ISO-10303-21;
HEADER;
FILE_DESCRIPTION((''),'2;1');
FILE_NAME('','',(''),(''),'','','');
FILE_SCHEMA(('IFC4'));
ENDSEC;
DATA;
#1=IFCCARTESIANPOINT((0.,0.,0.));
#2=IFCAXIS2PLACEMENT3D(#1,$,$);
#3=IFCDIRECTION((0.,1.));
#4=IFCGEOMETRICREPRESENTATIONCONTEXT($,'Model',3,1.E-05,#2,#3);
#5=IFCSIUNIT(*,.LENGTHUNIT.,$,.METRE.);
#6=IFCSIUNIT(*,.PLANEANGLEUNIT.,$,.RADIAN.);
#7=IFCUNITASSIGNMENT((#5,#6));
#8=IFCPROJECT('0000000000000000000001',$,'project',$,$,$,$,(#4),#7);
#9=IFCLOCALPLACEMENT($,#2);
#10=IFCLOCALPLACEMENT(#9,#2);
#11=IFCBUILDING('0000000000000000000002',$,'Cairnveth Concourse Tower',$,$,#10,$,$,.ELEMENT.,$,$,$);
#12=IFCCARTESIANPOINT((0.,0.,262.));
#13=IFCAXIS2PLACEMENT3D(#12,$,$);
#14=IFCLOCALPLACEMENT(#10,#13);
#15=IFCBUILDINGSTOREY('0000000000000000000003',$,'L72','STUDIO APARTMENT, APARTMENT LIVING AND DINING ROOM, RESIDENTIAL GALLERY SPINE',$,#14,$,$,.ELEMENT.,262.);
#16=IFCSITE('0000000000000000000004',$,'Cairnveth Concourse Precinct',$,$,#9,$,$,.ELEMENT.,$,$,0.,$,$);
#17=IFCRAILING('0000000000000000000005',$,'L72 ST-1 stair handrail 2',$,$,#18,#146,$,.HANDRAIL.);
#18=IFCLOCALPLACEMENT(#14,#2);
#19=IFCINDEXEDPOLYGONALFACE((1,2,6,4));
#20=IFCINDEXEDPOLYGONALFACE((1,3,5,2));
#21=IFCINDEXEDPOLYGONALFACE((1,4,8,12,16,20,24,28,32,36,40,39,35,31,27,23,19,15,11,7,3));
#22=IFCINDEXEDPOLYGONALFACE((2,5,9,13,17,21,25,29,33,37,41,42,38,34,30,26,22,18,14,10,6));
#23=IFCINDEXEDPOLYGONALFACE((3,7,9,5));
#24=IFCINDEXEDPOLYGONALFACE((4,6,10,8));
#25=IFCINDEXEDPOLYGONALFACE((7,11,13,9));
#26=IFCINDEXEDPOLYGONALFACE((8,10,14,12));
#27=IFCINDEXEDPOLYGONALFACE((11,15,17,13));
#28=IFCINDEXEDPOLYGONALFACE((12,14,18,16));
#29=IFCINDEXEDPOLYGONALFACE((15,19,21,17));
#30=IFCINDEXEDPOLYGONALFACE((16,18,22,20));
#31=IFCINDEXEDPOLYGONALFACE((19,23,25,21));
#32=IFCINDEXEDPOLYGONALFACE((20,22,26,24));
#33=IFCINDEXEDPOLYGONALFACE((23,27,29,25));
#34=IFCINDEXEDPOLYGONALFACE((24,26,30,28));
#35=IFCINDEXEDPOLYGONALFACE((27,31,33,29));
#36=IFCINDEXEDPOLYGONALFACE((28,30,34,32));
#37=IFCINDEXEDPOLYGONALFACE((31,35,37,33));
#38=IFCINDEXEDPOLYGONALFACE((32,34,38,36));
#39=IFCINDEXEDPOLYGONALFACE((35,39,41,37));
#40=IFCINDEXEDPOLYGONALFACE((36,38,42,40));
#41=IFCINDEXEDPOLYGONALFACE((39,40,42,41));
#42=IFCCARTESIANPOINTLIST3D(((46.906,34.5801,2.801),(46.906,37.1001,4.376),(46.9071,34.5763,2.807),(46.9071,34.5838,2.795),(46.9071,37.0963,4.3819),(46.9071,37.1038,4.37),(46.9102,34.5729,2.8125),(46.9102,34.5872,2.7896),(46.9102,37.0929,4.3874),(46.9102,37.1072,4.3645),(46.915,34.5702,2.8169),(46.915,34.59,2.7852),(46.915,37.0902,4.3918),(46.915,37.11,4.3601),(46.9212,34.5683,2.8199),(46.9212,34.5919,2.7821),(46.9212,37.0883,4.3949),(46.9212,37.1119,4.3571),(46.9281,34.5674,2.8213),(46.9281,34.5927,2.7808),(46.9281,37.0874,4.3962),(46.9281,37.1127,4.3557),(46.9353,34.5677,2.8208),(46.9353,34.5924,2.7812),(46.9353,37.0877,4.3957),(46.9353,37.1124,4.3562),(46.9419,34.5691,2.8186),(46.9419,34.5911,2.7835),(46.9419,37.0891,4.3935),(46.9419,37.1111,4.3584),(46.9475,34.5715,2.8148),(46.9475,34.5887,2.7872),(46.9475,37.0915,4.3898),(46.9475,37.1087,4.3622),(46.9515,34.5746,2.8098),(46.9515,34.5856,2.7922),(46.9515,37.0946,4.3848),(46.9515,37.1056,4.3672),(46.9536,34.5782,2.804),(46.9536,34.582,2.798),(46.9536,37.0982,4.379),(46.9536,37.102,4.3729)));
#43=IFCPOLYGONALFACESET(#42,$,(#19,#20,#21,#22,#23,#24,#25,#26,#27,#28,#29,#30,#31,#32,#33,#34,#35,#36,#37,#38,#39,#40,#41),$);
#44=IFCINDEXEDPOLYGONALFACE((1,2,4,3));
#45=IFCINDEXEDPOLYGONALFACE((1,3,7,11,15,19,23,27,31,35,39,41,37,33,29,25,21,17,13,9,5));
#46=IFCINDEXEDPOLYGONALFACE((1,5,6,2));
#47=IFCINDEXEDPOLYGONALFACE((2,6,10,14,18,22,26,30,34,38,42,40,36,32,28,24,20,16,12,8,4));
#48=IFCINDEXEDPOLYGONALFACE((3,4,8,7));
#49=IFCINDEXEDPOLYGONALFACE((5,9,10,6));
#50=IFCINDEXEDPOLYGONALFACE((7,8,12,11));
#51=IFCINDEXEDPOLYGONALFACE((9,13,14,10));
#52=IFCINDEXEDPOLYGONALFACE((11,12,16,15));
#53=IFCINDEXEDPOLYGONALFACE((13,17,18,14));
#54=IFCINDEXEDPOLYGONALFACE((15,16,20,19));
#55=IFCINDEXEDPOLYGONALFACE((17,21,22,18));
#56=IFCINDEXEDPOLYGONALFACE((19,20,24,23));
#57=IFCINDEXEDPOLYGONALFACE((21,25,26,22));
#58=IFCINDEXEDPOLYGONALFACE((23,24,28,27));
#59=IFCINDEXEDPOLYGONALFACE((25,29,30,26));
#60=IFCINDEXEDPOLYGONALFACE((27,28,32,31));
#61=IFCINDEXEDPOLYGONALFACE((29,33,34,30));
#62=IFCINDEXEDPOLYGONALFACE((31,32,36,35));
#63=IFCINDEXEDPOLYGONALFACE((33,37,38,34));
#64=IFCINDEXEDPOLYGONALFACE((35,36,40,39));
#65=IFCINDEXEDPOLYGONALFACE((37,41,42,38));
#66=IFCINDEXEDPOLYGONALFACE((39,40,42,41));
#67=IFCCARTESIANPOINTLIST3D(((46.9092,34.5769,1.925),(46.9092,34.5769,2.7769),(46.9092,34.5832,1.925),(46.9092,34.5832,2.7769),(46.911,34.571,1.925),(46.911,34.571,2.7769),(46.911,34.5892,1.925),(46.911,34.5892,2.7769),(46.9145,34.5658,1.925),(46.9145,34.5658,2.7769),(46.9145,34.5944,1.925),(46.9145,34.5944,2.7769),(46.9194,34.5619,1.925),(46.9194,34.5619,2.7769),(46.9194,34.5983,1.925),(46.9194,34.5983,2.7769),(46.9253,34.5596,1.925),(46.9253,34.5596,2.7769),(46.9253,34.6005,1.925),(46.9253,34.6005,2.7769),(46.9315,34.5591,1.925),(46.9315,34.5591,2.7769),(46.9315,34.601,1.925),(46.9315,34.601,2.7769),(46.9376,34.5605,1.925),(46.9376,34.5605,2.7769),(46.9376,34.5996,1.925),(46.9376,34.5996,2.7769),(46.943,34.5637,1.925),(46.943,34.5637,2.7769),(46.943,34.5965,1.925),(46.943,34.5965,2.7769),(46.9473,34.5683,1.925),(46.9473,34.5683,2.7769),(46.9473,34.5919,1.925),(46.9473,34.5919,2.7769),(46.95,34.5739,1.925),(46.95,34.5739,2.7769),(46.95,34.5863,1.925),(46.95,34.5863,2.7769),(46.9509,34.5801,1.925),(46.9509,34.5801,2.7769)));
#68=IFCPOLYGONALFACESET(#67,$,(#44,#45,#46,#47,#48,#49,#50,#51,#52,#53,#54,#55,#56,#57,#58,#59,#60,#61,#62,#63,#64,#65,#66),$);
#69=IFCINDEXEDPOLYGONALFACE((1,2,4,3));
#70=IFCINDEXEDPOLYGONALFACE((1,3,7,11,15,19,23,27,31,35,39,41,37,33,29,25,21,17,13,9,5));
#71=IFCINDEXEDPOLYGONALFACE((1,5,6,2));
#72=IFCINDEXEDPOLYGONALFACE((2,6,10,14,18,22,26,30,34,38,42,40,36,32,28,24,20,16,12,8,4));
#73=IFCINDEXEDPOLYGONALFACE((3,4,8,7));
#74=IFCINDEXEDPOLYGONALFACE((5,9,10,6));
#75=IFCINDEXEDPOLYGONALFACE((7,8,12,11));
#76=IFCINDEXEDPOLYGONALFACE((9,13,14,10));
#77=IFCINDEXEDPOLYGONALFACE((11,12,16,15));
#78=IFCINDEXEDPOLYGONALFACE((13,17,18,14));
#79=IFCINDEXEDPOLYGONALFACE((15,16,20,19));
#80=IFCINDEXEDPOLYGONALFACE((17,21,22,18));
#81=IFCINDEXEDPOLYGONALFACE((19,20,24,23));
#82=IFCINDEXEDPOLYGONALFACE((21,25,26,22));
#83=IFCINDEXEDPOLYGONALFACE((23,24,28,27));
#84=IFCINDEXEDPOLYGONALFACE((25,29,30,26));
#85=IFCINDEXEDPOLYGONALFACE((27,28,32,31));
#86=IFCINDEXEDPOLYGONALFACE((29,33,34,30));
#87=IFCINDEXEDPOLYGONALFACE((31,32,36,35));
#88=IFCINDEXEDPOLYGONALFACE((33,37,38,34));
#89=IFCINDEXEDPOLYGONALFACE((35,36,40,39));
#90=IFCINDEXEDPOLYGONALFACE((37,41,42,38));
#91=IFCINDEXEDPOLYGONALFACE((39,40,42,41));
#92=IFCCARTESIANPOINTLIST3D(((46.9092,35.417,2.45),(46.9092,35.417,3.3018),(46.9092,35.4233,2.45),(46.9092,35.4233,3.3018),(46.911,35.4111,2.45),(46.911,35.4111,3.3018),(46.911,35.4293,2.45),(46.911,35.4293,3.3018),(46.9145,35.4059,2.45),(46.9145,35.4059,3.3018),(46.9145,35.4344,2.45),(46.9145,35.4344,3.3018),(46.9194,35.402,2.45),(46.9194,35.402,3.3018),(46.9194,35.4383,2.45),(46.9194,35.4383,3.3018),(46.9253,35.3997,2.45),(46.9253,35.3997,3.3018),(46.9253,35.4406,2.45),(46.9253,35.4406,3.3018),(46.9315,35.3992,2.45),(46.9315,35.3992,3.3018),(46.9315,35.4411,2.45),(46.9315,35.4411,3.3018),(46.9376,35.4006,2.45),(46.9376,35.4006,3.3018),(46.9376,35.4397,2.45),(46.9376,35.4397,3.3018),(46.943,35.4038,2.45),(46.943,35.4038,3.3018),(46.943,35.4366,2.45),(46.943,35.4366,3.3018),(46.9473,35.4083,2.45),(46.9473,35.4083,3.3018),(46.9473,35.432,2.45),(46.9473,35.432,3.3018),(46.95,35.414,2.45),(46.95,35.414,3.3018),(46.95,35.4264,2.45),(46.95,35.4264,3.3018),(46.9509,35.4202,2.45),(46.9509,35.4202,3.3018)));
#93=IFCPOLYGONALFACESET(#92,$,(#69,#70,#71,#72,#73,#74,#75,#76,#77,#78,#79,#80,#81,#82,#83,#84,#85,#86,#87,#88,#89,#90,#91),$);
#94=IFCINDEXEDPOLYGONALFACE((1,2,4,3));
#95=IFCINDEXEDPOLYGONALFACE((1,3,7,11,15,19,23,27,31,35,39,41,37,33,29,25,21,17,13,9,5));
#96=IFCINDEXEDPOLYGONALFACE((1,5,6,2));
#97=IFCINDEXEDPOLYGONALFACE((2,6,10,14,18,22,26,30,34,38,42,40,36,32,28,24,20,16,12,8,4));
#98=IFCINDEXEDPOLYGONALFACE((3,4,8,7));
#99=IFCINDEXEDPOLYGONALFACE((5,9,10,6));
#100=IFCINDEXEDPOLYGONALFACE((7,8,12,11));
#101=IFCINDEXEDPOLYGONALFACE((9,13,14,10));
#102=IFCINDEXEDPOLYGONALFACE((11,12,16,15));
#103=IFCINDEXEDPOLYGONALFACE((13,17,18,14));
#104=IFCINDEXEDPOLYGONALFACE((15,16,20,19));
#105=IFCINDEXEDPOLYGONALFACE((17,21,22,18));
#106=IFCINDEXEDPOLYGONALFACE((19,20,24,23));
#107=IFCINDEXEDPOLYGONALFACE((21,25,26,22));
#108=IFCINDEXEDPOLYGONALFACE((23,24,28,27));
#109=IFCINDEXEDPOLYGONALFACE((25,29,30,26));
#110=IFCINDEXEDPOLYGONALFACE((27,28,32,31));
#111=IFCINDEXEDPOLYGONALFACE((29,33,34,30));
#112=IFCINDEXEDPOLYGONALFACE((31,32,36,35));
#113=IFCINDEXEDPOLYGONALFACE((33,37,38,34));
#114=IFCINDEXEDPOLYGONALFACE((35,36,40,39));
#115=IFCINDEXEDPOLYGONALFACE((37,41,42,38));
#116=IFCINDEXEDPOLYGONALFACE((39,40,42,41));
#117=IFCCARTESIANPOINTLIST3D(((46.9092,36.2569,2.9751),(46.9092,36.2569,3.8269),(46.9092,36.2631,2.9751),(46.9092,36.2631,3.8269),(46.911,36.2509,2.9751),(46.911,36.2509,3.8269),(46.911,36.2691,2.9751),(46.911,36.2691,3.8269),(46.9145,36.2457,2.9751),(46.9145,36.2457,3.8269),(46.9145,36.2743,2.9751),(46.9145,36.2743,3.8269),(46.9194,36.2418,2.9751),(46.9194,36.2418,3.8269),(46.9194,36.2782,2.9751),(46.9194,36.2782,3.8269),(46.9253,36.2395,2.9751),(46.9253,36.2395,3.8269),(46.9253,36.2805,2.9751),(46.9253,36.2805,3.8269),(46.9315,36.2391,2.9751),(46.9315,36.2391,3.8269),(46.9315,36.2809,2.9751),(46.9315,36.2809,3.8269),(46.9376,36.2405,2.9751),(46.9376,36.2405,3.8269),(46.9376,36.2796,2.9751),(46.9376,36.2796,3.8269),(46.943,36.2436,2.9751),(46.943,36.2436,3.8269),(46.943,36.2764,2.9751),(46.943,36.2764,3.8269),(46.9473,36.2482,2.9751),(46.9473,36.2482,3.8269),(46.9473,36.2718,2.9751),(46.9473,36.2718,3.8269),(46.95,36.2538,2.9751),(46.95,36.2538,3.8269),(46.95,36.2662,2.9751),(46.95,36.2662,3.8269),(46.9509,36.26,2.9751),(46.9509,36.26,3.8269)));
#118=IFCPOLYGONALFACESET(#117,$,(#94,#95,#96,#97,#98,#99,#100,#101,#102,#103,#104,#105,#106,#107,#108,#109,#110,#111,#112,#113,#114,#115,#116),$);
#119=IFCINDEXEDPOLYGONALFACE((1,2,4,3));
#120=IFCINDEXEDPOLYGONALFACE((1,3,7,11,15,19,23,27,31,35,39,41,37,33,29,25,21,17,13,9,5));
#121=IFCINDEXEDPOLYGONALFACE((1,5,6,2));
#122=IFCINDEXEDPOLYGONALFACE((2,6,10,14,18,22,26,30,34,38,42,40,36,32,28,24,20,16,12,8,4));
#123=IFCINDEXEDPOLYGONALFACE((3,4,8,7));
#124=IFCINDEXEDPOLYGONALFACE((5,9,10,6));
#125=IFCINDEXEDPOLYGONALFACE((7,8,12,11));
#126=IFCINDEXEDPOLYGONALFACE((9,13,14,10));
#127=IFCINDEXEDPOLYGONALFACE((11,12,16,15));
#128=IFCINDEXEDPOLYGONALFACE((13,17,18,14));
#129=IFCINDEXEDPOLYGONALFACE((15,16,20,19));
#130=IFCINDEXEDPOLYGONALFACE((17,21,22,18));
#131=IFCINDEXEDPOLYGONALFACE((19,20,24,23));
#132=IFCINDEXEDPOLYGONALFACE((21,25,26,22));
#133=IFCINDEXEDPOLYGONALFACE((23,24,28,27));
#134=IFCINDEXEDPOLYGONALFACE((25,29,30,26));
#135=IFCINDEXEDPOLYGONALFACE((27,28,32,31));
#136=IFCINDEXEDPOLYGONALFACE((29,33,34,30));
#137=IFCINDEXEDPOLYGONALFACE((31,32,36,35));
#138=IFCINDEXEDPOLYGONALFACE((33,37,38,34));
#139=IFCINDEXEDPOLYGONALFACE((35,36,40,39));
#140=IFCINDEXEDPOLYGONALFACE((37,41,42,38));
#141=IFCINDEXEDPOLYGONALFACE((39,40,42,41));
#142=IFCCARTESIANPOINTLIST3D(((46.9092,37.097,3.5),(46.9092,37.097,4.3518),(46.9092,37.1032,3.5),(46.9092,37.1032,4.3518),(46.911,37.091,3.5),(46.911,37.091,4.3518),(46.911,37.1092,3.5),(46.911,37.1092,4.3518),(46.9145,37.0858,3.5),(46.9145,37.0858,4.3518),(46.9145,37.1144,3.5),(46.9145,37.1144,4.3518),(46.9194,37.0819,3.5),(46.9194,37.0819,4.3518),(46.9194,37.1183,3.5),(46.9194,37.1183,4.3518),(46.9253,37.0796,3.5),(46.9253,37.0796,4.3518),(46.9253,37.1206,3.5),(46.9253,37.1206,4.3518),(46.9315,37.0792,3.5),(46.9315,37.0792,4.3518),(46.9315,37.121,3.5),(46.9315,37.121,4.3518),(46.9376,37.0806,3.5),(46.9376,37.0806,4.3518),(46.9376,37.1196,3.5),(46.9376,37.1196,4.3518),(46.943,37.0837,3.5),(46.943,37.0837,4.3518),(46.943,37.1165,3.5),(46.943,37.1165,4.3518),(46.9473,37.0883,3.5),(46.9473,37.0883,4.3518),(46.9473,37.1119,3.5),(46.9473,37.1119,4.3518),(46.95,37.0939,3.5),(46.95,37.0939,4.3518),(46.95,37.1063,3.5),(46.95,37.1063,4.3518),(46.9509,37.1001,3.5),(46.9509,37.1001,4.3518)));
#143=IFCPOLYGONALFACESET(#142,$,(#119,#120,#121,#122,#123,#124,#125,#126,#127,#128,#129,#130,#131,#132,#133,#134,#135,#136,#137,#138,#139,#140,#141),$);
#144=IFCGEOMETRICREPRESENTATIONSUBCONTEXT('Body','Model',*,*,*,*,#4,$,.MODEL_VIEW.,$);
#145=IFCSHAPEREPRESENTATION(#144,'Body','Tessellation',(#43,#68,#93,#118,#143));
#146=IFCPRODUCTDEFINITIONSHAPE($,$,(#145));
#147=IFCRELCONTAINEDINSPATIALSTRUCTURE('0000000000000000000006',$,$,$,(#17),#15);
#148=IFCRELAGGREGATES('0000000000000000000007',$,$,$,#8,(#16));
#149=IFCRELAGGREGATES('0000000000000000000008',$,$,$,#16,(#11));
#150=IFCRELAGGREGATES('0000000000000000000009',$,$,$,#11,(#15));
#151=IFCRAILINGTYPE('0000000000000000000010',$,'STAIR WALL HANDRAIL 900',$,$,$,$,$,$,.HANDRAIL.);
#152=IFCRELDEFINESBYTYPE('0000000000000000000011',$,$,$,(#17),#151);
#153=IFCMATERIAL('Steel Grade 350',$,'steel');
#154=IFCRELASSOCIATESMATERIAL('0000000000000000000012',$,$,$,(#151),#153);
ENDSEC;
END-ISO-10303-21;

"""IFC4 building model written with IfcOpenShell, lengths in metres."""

from ifc_helpers import new_model, si_unit, direction, frame, origin, origin_2d, place, context, subcontext, project, spatial, circle, extrude, material, type_object, element, save


model = new_model("IFC4")

# Units and contexts
model_context = context("Model", 3, precision=1e-05, world=origin(), true_north=direction((0.0, 1.0)))
body_context = subcontext(model_context, "Body", "Model", "MODEL_VIEW")
ifc_project = project(units=[si_unit("LENGTHUNIT", "METRE"), si_unit("PLANEANGLEUNIT", "RADIAN")], contexts=[model_context])

# Site, building, storey
site_placement = place(None, origin())
site = spatial("IfcSite", under=ifc_project, at=site_placement, Name="Cairnveth Concourse Precinct", CompositionType="ELEMENT", RefElevation=0.0)
building_placement = place(site_placement, origin())
building = spatial("IfcBuilding", under=site, at=building_placement, Name="Cairnveth Concourse Tower", CompositionType="ELEMENT")
storey_placement = place(building_placement, frame((0.0, 0.0, 262.0)))
storey = spatial("IfcBuildingStorey", under=building, at=storey_placement, Name="L72", Description="STUDIO APARTMENT, APARTMENT LIVING AND DINING ROOM, RESIDENTIAL GALLERY SPINE", CompositionType="ELEMENT", Elevation=262.0)

# Shared definitions
ifc_material_1 = material(Name="Steel Grade 350", Category="steel")

# Railing
railing_type_1 = type_object("IfcRailingType", Name="STAIR WALL HANDRAIL 900", PredefinedType="HANDRAIL", material=ifc_material_1)
railing_1_placement = place(storey_placement, frame((46.9299, 34.5801, 1.925)))
element("IfcRailing", 1, at=railing_1_placement, inside=storey, type_object=railing_type_1, Name="L72 ST-1 stair handrail 2", PredefinedType="HANDRAIL", context=body_context, shape_type="SweptSolid", body=[
    extrude(circle(Radius=0.0239, at=origin_2d()), frame((0.0, 0.0, 0.876), z_axis=(0.0, 0.848008, 0.529984), x_axis=(-1.0, 0.0, 0.0)), (0.0, 0.0, 1.0), 2.9717),
    extrude(circle(Radius=0.021, at=origin_2d()), origin(), (0.0, 0.0, 1.0), 0.8518),
    extrude(circle(Radius=0.021, at=origin_2d()), frame((0.0, 0.8401, 0.5249)), (0.0, 0.0, 1.0), 0.8518),
    extrude(circle(Radius=0.021, at=origin_2d()), frame((0.0, 1.6799, 1.05)), (0.0, 0.0, 1.0), 0.8518),
    extrude(circle(Radius=0.021, at=origin_2d()), frame((0.0, 2.52, 1.575)), (0.0, 0.0, 1.0), 0.8518),
])

save(model, "model.ifc")
